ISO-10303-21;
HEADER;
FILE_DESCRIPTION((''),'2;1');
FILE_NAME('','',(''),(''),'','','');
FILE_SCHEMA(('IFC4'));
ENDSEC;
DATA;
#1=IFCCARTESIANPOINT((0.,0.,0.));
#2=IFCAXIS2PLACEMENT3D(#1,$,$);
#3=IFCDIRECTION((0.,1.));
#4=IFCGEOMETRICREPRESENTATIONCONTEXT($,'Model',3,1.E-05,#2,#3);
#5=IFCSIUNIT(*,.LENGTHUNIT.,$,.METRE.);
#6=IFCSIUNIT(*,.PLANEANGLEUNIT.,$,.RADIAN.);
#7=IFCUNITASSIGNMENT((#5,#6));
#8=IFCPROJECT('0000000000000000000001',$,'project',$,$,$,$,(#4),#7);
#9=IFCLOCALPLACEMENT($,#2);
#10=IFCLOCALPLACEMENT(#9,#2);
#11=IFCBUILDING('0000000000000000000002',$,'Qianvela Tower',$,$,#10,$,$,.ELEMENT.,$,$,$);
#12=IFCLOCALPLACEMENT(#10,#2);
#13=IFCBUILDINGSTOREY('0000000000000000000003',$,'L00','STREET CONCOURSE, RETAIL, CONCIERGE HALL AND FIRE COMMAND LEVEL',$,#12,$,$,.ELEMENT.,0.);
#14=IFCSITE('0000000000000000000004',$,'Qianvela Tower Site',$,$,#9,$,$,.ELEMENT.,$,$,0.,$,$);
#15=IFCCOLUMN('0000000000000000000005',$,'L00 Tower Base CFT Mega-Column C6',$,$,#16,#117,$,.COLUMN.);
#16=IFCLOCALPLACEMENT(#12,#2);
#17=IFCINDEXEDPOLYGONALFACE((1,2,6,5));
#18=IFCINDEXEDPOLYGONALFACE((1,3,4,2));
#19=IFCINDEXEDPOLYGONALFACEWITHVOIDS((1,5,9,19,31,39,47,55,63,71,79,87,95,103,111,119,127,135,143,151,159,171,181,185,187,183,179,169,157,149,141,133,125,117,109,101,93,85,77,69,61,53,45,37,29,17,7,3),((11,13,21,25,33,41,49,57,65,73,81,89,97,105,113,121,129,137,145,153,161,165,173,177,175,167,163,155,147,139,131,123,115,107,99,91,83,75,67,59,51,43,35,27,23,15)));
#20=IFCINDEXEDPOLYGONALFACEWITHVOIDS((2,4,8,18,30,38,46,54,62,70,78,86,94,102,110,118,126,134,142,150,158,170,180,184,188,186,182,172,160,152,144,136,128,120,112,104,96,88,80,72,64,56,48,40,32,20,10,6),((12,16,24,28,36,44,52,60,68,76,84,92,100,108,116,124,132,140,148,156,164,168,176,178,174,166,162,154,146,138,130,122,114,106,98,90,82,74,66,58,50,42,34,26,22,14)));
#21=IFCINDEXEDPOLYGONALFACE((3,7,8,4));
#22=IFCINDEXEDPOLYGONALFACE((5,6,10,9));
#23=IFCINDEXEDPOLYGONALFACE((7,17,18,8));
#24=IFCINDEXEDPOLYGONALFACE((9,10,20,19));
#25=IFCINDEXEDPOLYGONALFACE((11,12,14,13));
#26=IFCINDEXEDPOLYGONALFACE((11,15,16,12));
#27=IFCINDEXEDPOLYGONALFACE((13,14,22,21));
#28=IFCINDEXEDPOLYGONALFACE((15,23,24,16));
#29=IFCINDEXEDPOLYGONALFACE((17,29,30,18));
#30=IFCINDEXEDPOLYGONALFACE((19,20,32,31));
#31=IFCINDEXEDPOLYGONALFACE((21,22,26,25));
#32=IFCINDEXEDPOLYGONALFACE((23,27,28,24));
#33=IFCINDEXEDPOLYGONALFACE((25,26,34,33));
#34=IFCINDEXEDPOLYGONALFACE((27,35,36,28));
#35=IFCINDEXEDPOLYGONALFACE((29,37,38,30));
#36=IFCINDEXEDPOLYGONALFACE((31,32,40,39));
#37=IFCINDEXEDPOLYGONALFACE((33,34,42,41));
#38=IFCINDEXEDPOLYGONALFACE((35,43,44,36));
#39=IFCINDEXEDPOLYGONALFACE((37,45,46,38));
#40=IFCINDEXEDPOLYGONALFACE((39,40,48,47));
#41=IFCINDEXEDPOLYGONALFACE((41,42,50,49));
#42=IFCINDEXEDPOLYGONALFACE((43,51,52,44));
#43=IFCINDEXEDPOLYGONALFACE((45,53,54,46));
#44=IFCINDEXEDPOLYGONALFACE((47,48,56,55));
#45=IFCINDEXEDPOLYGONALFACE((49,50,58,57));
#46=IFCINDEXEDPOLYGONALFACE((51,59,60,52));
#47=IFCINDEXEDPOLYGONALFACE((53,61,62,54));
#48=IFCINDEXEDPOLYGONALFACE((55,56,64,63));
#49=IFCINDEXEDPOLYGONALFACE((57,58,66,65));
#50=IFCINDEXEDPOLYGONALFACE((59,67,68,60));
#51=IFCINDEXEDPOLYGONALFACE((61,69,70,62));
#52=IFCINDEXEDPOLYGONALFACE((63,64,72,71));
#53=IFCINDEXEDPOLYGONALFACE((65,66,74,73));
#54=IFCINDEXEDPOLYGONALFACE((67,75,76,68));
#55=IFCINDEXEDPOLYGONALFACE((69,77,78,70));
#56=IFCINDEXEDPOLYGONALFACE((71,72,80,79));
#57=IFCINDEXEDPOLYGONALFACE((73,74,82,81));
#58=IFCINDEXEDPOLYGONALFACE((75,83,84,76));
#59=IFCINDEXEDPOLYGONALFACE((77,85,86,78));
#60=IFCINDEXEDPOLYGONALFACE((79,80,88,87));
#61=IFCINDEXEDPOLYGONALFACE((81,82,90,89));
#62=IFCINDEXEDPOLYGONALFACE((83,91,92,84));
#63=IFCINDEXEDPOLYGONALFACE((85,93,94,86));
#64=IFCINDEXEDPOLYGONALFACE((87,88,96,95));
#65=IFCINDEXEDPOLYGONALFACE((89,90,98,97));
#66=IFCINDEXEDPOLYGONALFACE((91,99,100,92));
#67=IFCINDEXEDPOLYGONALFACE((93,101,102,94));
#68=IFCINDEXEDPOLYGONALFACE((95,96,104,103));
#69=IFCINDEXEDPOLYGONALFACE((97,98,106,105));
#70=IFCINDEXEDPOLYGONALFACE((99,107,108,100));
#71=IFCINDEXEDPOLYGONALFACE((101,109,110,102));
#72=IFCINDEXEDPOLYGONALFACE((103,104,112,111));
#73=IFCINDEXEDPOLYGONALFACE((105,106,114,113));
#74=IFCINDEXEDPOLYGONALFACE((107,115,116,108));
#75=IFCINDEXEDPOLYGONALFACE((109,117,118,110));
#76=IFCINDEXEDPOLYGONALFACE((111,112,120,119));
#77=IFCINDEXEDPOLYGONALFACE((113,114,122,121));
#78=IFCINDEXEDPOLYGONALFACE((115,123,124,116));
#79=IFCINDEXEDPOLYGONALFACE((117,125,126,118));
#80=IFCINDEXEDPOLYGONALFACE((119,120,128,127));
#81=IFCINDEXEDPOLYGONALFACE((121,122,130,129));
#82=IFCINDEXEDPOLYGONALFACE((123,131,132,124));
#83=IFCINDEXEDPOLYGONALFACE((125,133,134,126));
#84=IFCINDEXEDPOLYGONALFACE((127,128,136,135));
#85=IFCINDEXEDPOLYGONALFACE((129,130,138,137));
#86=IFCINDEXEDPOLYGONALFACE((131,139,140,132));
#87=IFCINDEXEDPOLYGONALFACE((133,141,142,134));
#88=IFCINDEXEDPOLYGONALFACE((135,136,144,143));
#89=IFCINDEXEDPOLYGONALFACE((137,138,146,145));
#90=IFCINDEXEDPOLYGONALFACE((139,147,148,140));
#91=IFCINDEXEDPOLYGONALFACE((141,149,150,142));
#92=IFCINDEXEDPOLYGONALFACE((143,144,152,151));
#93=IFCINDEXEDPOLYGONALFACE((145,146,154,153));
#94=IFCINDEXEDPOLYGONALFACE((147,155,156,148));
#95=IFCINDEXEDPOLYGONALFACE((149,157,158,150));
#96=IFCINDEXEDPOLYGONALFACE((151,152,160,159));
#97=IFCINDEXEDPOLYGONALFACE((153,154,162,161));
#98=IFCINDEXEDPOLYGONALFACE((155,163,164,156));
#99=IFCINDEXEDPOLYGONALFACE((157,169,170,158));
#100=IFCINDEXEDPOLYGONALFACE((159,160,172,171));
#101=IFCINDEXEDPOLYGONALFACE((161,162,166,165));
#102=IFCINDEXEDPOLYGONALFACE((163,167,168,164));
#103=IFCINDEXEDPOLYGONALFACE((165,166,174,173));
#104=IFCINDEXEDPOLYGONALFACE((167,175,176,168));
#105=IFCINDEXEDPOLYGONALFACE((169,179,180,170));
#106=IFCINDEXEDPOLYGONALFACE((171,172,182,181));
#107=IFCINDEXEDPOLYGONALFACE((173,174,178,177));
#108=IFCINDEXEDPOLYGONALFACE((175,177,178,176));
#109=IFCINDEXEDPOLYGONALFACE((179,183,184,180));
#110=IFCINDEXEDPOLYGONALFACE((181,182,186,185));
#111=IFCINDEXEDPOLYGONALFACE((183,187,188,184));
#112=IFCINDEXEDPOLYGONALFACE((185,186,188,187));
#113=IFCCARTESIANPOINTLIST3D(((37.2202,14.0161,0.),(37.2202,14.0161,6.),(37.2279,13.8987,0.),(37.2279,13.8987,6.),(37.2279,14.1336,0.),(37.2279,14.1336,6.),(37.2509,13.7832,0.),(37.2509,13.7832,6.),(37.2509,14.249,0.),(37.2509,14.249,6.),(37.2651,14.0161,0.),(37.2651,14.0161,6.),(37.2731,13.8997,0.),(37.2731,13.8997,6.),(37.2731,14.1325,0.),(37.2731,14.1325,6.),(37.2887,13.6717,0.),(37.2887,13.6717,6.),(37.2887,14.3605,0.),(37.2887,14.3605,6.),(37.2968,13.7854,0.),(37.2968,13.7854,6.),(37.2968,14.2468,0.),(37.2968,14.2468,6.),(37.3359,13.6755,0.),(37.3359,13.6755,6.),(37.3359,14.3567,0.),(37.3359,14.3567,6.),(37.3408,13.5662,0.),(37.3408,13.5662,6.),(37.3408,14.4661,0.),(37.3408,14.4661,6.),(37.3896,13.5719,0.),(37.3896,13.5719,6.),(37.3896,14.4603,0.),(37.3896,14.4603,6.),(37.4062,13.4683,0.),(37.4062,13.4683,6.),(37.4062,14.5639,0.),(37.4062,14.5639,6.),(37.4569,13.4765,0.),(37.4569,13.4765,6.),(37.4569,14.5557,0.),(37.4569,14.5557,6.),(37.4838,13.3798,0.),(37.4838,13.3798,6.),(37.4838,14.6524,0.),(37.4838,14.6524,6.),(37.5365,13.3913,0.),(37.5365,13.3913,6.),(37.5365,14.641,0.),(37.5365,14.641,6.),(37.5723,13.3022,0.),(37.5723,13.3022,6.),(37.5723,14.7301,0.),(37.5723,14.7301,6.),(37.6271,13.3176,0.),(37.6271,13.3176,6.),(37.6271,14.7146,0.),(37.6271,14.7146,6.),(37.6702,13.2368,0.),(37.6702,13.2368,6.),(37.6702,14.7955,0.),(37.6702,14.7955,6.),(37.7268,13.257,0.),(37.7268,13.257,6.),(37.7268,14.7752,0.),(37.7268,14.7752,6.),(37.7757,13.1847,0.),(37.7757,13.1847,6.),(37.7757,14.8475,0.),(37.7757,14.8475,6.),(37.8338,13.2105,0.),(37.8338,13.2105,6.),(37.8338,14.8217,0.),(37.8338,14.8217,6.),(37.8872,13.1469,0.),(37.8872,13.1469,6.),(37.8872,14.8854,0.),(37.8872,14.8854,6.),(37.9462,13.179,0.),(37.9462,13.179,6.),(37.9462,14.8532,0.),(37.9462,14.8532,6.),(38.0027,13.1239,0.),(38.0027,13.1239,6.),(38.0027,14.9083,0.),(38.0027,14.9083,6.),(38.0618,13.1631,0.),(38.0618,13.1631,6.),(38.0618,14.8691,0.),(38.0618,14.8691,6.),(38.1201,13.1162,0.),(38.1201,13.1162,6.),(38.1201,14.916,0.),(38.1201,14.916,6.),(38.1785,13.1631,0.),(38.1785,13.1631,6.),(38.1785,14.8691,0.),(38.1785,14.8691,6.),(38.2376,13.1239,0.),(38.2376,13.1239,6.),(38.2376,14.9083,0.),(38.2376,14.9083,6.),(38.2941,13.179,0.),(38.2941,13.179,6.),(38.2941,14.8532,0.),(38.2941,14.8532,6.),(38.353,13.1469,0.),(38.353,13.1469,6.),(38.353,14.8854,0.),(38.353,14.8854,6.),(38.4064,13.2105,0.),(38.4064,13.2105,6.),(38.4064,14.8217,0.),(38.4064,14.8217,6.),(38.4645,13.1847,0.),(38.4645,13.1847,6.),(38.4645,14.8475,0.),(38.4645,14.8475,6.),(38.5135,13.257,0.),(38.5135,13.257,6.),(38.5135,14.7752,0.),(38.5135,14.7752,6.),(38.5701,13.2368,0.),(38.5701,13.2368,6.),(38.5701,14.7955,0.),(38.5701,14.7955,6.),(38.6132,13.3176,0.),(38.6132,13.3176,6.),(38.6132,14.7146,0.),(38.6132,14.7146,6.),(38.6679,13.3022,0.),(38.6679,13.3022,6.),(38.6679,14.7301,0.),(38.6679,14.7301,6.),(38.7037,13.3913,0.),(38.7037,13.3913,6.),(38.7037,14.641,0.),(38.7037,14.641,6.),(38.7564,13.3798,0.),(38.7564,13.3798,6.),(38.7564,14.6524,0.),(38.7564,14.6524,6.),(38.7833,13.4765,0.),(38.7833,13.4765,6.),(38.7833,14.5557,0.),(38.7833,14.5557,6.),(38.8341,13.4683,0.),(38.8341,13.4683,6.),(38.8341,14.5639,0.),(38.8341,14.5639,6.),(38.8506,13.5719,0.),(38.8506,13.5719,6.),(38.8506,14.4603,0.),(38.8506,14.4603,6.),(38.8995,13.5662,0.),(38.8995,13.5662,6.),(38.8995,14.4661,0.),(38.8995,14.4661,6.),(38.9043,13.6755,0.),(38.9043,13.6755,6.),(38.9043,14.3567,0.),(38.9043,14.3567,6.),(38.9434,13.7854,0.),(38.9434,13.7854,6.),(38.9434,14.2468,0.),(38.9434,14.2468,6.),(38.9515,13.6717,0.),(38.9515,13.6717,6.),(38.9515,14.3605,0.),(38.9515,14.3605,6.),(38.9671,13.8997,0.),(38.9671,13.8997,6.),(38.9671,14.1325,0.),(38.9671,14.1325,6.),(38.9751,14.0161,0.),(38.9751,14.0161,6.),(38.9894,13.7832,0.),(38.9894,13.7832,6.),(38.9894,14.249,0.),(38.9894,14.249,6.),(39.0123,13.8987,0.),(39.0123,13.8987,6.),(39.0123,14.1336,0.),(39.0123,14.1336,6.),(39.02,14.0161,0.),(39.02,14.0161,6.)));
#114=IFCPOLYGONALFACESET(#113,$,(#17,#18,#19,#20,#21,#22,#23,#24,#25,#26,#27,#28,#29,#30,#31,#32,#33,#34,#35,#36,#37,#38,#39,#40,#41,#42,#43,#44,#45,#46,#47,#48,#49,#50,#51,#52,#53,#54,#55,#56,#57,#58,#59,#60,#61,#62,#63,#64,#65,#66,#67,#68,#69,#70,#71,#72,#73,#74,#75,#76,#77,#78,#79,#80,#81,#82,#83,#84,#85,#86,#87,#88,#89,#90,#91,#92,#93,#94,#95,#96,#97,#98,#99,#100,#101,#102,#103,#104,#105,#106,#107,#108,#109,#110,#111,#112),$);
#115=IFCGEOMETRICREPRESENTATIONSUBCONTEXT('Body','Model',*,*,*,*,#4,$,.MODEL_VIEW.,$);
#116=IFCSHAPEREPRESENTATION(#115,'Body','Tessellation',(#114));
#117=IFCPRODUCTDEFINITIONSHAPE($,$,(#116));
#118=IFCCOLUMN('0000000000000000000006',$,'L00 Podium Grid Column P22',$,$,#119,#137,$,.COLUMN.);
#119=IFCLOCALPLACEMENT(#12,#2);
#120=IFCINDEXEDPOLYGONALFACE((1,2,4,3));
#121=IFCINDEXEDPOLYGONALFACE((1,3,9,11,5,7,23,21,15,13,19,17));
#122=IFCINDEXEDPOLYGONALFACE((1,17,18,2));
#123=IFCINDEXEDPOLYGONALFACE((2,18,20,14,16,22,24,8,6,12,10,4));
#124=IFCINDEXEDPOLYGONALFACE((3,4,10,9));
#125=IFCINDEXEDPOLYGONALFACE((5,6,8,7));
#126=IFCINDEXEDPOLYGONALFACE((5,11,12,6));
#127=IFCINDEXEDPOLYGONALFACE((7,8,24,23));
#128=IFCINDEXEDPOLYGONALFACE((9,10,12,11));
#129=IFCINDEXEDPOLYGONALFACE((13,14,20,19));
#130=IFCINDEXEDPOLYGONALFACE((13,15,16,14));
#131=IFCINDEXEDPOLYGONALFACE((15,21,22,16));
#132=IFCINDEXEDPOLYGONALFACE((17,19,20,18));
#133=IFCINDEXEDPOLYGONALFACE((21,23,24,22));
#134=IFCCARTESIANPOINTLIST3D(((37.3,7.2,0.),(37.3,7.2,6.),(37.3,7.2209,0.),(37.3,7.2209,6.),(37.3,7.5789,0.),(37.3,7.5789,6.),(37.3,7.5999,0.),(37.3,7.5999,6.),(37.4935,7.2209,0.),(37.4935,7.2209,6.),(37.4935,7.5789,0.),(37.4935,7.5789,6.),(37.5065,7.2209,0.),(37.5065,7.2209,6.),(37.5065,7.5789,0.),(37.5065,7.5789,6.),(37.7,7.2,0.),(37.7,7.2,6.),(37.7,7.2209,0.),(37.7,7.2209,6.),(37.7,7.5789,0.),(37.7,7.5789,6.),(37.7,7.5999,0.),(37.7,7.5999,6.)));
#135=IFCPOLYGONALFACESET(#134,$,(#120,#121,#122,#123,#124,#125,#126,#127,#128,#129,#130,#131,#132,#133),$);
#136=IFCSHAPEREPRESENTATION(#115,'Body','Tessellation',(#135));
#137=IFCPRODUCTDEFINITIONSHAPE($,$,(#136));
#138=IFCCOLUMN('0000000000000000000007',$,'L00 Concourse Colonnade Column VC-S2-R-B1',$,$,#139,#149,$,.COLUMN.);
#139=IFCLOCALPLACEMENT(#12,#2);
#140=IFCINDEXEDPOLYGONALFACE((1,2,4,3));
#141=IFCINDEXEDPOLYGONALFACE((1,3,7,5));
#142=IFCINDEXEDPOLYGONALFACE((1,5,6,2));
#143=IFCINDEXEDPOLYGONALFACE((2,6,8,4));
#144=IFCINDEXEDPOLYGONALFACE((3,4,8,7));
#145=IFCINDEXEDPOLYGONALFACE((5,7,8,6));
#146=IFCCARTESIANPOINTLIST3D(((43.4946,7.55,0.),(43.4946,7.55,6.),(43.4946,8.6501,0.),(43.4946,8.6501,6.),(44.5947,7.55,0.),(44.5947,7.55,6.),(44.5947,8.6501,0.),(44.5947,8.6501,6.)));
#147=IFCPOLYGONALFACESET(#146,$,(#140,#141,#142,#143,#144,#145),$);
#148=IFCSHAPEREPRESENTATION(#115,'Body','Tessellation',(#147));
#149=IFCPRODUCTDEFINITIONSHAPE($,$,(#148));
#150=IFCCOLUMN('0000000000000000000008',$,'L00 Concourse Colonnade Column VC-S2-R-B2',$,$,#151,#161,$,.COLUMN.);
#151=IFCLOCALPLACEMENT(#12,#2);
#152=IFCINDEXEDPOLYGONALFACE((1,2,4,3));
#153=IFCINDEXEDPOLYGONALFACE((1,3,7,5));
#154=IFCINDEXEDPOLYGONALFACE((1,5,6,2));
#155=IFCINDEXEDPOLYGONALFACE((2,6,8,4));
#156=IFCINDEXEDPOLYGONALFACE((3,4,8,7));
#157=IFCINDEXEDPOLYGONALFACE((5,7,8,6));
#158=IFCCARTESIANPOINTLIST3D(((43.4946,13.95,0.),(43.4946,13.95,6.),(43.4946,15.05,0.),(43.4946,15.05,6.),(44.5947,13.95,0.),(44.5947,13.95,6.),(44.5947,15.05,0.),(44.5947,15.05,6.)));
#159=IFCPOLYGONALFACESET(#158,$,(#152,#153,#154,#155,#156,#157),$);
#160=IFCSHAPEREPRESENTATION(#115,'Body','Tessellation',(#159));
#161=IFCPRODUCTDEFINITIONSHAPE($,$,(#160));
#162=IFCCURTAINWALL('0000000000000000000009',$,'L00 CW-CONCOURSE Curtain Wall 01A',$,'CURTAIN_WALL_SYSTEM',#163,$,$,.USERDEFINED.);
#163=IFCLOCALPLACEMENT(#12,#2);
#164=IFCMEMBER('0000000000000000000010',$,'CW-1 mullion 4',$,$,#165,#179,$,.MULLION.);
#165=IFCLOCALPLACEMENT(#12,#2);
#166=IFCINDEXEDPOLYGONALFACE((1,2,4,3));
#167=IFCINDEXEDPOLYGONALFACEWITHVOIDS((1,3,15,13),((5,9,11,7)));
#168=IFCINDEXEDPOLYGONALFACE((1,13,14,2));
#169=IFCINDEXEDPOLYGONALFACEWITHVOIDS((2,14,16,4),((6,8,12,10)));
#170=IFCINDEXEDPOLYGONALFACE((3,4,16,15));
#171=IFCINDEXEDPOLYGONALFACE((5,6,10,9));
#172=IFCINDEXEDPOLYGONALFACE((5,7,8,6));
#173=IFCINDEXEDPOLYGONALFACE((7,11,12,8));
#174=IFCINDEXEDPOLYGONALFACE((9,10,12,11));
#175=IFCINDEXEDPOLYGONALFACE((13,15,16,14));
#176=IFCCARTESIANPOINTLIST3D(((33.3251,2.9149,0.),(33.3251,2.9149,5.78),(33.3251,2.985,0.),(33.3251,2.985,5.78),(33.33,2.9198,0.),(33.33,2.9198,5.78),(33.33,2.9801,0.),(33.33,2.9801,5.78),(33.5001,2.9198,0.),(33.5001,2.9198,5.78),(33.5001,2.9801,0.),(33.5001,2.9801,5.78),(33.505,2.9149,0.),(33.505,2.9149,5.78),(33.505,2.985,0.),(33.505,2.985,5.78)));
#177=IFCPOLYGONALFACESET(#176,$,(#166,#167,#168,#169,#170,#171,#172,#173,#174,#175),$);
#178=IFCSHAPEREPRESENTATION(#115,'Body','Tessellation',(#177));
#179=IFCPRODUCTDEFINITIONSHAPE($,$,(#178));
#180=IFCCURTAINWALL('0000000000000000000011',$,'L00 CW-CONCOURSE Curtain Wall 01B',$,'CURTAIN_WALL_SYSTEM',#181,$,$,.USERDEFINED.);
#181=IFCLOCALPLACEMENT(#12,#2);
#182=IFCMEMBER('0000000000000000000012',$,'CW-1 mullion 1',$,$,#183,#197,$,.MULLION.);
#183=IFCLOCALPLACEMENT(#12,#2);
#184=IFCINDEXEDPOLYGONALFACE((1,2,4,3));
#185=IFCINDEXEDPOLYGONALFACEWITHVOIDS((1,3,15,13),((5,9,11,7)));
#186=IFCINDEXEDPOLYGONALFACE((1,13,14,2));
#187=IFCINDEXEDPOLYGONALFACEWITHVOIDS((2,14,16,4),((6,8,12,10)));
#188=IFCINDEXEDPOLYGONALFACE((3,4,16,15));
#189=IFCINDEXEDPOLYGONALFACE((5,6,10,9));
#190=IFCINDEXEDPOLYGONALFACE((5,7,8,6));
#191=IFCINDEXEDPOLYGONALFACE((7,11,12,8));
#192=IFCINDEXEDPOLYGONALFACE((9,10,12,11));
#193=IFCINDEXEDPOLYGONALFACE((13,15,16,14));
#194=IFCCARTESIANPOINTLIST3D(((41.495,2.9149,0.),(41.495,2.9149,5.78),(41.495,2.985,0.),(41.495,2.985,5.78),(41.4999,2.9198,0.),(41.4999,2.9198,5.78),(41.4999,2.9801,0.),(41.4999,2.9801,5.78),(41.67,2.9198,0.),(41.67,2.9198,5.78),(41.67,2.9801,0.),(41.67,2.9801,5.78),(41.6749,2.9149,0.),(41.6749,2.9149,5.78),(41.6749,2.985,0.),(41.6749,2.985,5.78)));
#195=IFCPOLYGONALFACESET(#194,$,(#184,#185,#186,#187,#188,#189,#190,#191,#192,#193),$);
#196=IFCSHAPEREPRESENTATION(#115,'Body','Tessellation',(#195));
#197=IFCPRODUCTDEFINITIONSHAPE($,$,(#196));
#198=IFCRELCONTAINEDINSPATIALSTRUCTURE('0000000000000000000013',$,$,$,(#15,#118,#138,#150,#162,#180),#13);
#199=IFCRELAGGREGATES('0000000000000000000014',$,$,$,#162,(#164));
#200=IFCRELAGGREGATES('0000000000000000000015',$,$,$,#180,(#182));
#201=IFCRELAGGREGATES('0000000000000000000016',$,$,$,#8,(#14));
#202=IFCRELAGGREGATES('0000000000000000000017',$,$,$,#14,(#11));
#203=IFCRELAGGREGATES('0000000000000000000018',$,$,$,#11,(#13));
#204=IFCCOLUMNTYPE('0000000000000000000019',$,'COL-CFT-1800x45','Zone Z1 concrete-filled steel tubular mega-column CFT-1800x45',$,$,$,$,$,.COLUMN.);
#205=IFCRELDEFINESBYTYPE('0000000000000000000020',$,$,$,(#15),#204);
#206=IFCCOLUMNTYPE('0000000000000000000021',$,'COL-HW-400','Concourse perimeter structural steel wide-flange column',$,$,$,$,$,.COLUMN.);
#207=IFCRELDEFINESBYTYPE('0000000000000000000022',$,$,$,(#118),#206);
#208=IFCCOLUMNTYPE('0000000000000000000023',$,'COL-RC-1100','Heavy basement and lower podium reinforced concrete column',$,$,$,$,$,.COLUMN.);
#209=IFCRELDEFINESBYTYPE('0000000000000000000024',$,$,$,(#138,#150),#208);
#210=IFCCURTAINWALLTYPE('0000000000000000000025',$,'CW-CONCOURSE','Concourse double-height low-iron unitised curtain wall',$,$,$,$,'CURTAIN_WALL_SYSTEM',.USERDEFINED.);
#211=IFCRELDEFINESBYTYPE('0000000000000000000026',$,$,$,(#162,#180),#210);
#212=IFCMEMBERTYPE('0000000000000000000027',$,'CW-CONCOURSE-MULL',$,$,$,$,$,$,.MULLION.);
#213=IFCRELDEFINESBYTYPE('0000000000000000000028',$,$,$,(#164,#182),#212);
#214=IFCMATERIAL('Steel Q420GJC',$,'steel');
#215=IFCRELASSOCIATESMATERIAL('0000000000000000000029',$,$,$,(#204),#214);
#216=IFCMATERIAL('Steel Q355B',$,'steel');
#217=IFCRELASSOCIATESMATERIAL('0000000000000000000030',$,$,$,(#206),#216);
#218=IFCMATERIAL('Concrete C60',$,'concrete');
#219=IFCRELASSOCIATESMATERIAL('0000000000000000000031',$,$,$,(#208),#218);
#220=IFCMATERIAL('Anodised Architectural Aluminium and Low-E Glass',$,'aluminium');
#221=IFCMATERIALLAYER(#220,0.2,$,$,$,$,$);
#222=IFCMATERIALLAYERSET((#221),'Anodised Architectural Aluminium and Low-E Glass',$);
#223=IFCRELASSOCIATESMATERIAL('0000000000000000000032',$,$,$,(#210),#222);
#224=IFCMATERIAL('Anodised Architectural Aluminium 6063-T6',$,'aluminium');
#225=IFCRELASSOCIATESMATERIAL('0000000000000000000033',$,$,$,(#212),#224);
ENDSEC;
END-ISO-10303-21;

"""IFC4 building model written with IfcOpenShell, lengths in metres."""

from ifc_helpers import new_model, si_unit, direction, frame, origin, origin_2d, place, context, subcontext, project, spatial, rectangle, hollow_rectangle, hollow_circle, i_section, extrude, material, layer, layer_set, material_profile, profile_set, type_object, element, aggregate, save


model = new_model("IFC4")

# Units and contexts
model_context = context("Model", 3, precision=1e-05, world=origin(), true_north=direction((0.0, 1.0)))
body_context = subcontext(model_context, "Body", "Model", "MODEL_VIEW")
ifc_project = project(units=[si_unit("LENGTHUNIT", "METRE"), si_unit("PLANEANGLEUNIT", "RADIAN")], contexts=[model_context])

# Site, building, storey
site_placement = place(None, origin())
site = spatial("IfcSite", under=ifc_project, at=site_placement, Name="Qianvela Tower Site", CompositionType="ELEMENT", RefElevation=0.0)
building_placement = place(site_placement, origin())
building = spatial("IfcBuilding", under=site, at=building_placement, Name="Qianvela Tower", CompositionType="ELEMENT")
storey_placement = place(building_placement, origin())
storey = spatial("IfcBuildingStorey", under=building, at=storey_placement, Name="L00", Description="STREET CONCOURSE, RETAIL, CONCIERGE HALL AND FIRE COMMAND LEVEL", CompositionType="ELEMENT", Elevation=0.0)

# Columns
ifc_material_1 = material(Name="Steel Q420GJC", Category="steel")
ifc_material_profile_1 = material_profile(ifc_material_1, hollow_circle(Radius=0.8999, WallThickness=0.0449, at=origin_2d()), Name="CFT-1800x45")
ifc_profile_set_1 = profile_set([ifc_material_profile_1], Name="Steel Q420GJC")
column_type_1 = type_object("IfcColumnType", Name="COL-CFT-1800x45", Description="Zone Z1 concrete-filled steel tubular mega-column CFT-1800x45", PredefinedType="COLUMN", material=ifc_profile_set_1)
column_1_placement = place(storey_placement, frame((38.1201, 14.0161, 0.0), z_axis=(0.0, 0.0, 1.0), x_axis=(1.0, 0.0, 0.0)))
element("IfcColumn", 1, at=column_1_placement, inside=storey, type_object=column_type_1, Name="L00 Tower Base CFT Mega-Column C6", PredefinedType="COLUMN", context=body_context, shape_type="SweptSolid", body=[
    extrude(hollow_circle(Radius=0.8999, WallThickness=0.0449, at=origin_2d()), origin(), (0.0, 0.0, 1.0), 6.0),
])
ifc_material_2 = material(Name="Steel Q355B", Category="steel")
ifc_material_profile_2 = material_profile(ifc_material_2, i_section(OverallWidth=0.3999, OverallDepth=0.3999, WebThickness=0.0129, FlangeThickness=0.021, at=origin_2d()), Name="HW400x400x13x21")
ifc_profile_set_2 = profile_set([ifc_material_profile_2], Name="Steel Q355B")
column_type_2 = type_object("IfcColumnType", Name="COL-HW-400", Description="Concourse perimeter structural steel wide-flange column", PredefinedType="COLUMN", material=ifc_profile_set_2)
column_2_placement = place(storey_placement, frame((37.5, 7.3999, 0.0), z_axis=(0.0, 0.0, 1.0), x_axis=(1.0, 0.0, 0.0)))
element("IfcColumn", 2, at=column_2_placement, inside=storey, type_object=column_type_2, Name="L00 Podium Grid Column P22", PredefinedType="COLUMN", context=body_context, shape_type="SweptSolid", body=[
    extrude(i_section(OverallWidth=0.3999, OverallDepth=0.3999, WebThickness=0.0129, FlangeThickness=0.021, at=origin_2d()), origin(), (0.0, 0.0, 1.0), 6.0),
])
ifc_material_3 = material(Name="Concrete C60", Category="concrete")
ifc_material_profile_3 = material_profile(ifc_material_3, rectangle(XDim=1.1001, YDim=1.1001, at=origin_2d()), Name="RC-COL-1100x1100")
ifc_profile_set_3 = profile_set([ifc_material_profile_3], Name="Concrete C60")
column_type_3 = type_object("IfcColumnType", Name="COL-RC-1100", Description="Heavy basement and lower podium reinforced concrete column", PredefinedType="COLUMN", material=ifc_profile_set_3)
for number, where, z_axis, x_axis, name in (
    (3, (44.0447, 8.1001, 0.0), (0.0, 0.0, 1.0), (1.0, 0.0, 0.0), "L00 Concourse Colonnade Column VC-S2-R-B1"),
    (4, (44.0447, 14.5, 0.0), (0.0, 0.0, 1.0), (1.0, 0.0, 0.0), "L00 Concourse Colonnade Column VC-S2-R-B2"),
):
    element("IfcColumn", number, at=place(storey_placement, frame(where, z_axis=z_axis, x_axis=x_axis)), inside=storey, type_object=column_type_3, Name=name, PredefinedType="COLUMN", context=body_context, shape_type="SweptSolid", body=[
        extrude(rectangle(XDim=1.1001, YDim=1.1001, at=origin_2d()), origin(), (0.0, 0.0, 1.0), 6.0),
    ])

# Curtain wall, member
ifc_material_4 = material(Name="Anodised Architectural Aluminium and Low-E Glass", Category="aluminium")
ifc_layer_1 = layer(ifc_material_4, 0.2)
ifc_layer_set_1 = layer_set([ifc_layer_1], Name="Anodised Architectural Aluminium and Low-E Glass")
curtain_wall_type = type_object("IfcCurtainWallType", Name="CW-CONCOURSE", Description="Concourse double-height low-iron unitised curtain wall", ElementType="CURTAIN_WALL_SYSTEM", PredefinedType="USERDEFINED", material=ifc_layer_set_1)
curtain_wall_1_placement = place(storey_placement, origin())
curtain_wall_1 = element("IfcCurtainWall", 5, at=curtain_wall_1_placement, inside=storey, type_object=curtain_wall_type, Name="L00 CW-CONCOURSE Curtain Wall 01A", ObjectType="CURTAIN_WALL_SYSTEM", PredefinedType="USERDEFINED")
ifc_material_5 = material(Name="Anodised Architectural Aluminium 6063-T6", Category="aluminium")
ifc_material_profile_4 = material_profile(ifc_material_5, hollow_rectangle(XDim=0.0701, YDim=0.1799, WallThickness=0.0049, at=origin_2d()), Name="ALU-MULL-70x180")
ifc_profile_set_4 = profile_set([ifc_material_profile_4], Name="Anodised Architectural Aluminium 6063-T6")
member_type_1 = type_object("IfcMemberType", Name="CW-CONCOURSE-MULL", PredefinedType="MULLION", material=ifc_profile_set_4)
member_1_placement = place(storey_placement, frame((33.415, 2.95, 0.0), z_axis=(0.0, 0.0, 1.0), x_axis=(0.0, 1.0, 0.0)))
member_1 = element("IfcMember", 6, at=member_1_placement, type_object=member_type_1, Name="CW-1 mullion 4", PredefinedType="MULLION", context=body_context, shape_type="SweptSolid", body=[
    extrude(hollow_rectangle(XDim=0.0701, YDim=0.1799, WallThickness=0.0049, at=origin_2d()), origin(), (0.0, 0.0, 1.0), 5.78),
])
aggregate(curtain_wall_1, [member_1])

# Curtain wall, member
curtain_wall_2_placement = place(storey_placement, origin())
curtain_wall_2 = element("IfcCurtainWall", 7, at=curtain_wall_2_placement, inside=storey, type_object=curtain_wall_type, Name="L00 CW-CONCOURSE Curtain Wall 01B", ObjectType="CURTAIN_WALL_SYSTEM", PredefinedType="USERDEFINED")
member_2_placement = place(storey_placement, frame((41.585, 2.95, 0.0), z_axis=(0.0, 0.0, 1.0), x_axis=(0.0, 1.0, 0.0)))
member_2 = element("IfcMember", 8, at=member_2_placement, type_object=member_type_1, Name="CW-1 mullion 1", PredefinedType="MULLION", context=body_context, shape_type="SweptSolid", body=[
    extrude(hollow_rectangle(XDim=0.0701, YDim=0.1799, WallThickness=0.0049, at=origin_2d()), origin(), (0.0, 0.0, 1.0), 5.78),
])

aggregate(curtain_wall_2, [member_2])

save(model, "model.ifc")
